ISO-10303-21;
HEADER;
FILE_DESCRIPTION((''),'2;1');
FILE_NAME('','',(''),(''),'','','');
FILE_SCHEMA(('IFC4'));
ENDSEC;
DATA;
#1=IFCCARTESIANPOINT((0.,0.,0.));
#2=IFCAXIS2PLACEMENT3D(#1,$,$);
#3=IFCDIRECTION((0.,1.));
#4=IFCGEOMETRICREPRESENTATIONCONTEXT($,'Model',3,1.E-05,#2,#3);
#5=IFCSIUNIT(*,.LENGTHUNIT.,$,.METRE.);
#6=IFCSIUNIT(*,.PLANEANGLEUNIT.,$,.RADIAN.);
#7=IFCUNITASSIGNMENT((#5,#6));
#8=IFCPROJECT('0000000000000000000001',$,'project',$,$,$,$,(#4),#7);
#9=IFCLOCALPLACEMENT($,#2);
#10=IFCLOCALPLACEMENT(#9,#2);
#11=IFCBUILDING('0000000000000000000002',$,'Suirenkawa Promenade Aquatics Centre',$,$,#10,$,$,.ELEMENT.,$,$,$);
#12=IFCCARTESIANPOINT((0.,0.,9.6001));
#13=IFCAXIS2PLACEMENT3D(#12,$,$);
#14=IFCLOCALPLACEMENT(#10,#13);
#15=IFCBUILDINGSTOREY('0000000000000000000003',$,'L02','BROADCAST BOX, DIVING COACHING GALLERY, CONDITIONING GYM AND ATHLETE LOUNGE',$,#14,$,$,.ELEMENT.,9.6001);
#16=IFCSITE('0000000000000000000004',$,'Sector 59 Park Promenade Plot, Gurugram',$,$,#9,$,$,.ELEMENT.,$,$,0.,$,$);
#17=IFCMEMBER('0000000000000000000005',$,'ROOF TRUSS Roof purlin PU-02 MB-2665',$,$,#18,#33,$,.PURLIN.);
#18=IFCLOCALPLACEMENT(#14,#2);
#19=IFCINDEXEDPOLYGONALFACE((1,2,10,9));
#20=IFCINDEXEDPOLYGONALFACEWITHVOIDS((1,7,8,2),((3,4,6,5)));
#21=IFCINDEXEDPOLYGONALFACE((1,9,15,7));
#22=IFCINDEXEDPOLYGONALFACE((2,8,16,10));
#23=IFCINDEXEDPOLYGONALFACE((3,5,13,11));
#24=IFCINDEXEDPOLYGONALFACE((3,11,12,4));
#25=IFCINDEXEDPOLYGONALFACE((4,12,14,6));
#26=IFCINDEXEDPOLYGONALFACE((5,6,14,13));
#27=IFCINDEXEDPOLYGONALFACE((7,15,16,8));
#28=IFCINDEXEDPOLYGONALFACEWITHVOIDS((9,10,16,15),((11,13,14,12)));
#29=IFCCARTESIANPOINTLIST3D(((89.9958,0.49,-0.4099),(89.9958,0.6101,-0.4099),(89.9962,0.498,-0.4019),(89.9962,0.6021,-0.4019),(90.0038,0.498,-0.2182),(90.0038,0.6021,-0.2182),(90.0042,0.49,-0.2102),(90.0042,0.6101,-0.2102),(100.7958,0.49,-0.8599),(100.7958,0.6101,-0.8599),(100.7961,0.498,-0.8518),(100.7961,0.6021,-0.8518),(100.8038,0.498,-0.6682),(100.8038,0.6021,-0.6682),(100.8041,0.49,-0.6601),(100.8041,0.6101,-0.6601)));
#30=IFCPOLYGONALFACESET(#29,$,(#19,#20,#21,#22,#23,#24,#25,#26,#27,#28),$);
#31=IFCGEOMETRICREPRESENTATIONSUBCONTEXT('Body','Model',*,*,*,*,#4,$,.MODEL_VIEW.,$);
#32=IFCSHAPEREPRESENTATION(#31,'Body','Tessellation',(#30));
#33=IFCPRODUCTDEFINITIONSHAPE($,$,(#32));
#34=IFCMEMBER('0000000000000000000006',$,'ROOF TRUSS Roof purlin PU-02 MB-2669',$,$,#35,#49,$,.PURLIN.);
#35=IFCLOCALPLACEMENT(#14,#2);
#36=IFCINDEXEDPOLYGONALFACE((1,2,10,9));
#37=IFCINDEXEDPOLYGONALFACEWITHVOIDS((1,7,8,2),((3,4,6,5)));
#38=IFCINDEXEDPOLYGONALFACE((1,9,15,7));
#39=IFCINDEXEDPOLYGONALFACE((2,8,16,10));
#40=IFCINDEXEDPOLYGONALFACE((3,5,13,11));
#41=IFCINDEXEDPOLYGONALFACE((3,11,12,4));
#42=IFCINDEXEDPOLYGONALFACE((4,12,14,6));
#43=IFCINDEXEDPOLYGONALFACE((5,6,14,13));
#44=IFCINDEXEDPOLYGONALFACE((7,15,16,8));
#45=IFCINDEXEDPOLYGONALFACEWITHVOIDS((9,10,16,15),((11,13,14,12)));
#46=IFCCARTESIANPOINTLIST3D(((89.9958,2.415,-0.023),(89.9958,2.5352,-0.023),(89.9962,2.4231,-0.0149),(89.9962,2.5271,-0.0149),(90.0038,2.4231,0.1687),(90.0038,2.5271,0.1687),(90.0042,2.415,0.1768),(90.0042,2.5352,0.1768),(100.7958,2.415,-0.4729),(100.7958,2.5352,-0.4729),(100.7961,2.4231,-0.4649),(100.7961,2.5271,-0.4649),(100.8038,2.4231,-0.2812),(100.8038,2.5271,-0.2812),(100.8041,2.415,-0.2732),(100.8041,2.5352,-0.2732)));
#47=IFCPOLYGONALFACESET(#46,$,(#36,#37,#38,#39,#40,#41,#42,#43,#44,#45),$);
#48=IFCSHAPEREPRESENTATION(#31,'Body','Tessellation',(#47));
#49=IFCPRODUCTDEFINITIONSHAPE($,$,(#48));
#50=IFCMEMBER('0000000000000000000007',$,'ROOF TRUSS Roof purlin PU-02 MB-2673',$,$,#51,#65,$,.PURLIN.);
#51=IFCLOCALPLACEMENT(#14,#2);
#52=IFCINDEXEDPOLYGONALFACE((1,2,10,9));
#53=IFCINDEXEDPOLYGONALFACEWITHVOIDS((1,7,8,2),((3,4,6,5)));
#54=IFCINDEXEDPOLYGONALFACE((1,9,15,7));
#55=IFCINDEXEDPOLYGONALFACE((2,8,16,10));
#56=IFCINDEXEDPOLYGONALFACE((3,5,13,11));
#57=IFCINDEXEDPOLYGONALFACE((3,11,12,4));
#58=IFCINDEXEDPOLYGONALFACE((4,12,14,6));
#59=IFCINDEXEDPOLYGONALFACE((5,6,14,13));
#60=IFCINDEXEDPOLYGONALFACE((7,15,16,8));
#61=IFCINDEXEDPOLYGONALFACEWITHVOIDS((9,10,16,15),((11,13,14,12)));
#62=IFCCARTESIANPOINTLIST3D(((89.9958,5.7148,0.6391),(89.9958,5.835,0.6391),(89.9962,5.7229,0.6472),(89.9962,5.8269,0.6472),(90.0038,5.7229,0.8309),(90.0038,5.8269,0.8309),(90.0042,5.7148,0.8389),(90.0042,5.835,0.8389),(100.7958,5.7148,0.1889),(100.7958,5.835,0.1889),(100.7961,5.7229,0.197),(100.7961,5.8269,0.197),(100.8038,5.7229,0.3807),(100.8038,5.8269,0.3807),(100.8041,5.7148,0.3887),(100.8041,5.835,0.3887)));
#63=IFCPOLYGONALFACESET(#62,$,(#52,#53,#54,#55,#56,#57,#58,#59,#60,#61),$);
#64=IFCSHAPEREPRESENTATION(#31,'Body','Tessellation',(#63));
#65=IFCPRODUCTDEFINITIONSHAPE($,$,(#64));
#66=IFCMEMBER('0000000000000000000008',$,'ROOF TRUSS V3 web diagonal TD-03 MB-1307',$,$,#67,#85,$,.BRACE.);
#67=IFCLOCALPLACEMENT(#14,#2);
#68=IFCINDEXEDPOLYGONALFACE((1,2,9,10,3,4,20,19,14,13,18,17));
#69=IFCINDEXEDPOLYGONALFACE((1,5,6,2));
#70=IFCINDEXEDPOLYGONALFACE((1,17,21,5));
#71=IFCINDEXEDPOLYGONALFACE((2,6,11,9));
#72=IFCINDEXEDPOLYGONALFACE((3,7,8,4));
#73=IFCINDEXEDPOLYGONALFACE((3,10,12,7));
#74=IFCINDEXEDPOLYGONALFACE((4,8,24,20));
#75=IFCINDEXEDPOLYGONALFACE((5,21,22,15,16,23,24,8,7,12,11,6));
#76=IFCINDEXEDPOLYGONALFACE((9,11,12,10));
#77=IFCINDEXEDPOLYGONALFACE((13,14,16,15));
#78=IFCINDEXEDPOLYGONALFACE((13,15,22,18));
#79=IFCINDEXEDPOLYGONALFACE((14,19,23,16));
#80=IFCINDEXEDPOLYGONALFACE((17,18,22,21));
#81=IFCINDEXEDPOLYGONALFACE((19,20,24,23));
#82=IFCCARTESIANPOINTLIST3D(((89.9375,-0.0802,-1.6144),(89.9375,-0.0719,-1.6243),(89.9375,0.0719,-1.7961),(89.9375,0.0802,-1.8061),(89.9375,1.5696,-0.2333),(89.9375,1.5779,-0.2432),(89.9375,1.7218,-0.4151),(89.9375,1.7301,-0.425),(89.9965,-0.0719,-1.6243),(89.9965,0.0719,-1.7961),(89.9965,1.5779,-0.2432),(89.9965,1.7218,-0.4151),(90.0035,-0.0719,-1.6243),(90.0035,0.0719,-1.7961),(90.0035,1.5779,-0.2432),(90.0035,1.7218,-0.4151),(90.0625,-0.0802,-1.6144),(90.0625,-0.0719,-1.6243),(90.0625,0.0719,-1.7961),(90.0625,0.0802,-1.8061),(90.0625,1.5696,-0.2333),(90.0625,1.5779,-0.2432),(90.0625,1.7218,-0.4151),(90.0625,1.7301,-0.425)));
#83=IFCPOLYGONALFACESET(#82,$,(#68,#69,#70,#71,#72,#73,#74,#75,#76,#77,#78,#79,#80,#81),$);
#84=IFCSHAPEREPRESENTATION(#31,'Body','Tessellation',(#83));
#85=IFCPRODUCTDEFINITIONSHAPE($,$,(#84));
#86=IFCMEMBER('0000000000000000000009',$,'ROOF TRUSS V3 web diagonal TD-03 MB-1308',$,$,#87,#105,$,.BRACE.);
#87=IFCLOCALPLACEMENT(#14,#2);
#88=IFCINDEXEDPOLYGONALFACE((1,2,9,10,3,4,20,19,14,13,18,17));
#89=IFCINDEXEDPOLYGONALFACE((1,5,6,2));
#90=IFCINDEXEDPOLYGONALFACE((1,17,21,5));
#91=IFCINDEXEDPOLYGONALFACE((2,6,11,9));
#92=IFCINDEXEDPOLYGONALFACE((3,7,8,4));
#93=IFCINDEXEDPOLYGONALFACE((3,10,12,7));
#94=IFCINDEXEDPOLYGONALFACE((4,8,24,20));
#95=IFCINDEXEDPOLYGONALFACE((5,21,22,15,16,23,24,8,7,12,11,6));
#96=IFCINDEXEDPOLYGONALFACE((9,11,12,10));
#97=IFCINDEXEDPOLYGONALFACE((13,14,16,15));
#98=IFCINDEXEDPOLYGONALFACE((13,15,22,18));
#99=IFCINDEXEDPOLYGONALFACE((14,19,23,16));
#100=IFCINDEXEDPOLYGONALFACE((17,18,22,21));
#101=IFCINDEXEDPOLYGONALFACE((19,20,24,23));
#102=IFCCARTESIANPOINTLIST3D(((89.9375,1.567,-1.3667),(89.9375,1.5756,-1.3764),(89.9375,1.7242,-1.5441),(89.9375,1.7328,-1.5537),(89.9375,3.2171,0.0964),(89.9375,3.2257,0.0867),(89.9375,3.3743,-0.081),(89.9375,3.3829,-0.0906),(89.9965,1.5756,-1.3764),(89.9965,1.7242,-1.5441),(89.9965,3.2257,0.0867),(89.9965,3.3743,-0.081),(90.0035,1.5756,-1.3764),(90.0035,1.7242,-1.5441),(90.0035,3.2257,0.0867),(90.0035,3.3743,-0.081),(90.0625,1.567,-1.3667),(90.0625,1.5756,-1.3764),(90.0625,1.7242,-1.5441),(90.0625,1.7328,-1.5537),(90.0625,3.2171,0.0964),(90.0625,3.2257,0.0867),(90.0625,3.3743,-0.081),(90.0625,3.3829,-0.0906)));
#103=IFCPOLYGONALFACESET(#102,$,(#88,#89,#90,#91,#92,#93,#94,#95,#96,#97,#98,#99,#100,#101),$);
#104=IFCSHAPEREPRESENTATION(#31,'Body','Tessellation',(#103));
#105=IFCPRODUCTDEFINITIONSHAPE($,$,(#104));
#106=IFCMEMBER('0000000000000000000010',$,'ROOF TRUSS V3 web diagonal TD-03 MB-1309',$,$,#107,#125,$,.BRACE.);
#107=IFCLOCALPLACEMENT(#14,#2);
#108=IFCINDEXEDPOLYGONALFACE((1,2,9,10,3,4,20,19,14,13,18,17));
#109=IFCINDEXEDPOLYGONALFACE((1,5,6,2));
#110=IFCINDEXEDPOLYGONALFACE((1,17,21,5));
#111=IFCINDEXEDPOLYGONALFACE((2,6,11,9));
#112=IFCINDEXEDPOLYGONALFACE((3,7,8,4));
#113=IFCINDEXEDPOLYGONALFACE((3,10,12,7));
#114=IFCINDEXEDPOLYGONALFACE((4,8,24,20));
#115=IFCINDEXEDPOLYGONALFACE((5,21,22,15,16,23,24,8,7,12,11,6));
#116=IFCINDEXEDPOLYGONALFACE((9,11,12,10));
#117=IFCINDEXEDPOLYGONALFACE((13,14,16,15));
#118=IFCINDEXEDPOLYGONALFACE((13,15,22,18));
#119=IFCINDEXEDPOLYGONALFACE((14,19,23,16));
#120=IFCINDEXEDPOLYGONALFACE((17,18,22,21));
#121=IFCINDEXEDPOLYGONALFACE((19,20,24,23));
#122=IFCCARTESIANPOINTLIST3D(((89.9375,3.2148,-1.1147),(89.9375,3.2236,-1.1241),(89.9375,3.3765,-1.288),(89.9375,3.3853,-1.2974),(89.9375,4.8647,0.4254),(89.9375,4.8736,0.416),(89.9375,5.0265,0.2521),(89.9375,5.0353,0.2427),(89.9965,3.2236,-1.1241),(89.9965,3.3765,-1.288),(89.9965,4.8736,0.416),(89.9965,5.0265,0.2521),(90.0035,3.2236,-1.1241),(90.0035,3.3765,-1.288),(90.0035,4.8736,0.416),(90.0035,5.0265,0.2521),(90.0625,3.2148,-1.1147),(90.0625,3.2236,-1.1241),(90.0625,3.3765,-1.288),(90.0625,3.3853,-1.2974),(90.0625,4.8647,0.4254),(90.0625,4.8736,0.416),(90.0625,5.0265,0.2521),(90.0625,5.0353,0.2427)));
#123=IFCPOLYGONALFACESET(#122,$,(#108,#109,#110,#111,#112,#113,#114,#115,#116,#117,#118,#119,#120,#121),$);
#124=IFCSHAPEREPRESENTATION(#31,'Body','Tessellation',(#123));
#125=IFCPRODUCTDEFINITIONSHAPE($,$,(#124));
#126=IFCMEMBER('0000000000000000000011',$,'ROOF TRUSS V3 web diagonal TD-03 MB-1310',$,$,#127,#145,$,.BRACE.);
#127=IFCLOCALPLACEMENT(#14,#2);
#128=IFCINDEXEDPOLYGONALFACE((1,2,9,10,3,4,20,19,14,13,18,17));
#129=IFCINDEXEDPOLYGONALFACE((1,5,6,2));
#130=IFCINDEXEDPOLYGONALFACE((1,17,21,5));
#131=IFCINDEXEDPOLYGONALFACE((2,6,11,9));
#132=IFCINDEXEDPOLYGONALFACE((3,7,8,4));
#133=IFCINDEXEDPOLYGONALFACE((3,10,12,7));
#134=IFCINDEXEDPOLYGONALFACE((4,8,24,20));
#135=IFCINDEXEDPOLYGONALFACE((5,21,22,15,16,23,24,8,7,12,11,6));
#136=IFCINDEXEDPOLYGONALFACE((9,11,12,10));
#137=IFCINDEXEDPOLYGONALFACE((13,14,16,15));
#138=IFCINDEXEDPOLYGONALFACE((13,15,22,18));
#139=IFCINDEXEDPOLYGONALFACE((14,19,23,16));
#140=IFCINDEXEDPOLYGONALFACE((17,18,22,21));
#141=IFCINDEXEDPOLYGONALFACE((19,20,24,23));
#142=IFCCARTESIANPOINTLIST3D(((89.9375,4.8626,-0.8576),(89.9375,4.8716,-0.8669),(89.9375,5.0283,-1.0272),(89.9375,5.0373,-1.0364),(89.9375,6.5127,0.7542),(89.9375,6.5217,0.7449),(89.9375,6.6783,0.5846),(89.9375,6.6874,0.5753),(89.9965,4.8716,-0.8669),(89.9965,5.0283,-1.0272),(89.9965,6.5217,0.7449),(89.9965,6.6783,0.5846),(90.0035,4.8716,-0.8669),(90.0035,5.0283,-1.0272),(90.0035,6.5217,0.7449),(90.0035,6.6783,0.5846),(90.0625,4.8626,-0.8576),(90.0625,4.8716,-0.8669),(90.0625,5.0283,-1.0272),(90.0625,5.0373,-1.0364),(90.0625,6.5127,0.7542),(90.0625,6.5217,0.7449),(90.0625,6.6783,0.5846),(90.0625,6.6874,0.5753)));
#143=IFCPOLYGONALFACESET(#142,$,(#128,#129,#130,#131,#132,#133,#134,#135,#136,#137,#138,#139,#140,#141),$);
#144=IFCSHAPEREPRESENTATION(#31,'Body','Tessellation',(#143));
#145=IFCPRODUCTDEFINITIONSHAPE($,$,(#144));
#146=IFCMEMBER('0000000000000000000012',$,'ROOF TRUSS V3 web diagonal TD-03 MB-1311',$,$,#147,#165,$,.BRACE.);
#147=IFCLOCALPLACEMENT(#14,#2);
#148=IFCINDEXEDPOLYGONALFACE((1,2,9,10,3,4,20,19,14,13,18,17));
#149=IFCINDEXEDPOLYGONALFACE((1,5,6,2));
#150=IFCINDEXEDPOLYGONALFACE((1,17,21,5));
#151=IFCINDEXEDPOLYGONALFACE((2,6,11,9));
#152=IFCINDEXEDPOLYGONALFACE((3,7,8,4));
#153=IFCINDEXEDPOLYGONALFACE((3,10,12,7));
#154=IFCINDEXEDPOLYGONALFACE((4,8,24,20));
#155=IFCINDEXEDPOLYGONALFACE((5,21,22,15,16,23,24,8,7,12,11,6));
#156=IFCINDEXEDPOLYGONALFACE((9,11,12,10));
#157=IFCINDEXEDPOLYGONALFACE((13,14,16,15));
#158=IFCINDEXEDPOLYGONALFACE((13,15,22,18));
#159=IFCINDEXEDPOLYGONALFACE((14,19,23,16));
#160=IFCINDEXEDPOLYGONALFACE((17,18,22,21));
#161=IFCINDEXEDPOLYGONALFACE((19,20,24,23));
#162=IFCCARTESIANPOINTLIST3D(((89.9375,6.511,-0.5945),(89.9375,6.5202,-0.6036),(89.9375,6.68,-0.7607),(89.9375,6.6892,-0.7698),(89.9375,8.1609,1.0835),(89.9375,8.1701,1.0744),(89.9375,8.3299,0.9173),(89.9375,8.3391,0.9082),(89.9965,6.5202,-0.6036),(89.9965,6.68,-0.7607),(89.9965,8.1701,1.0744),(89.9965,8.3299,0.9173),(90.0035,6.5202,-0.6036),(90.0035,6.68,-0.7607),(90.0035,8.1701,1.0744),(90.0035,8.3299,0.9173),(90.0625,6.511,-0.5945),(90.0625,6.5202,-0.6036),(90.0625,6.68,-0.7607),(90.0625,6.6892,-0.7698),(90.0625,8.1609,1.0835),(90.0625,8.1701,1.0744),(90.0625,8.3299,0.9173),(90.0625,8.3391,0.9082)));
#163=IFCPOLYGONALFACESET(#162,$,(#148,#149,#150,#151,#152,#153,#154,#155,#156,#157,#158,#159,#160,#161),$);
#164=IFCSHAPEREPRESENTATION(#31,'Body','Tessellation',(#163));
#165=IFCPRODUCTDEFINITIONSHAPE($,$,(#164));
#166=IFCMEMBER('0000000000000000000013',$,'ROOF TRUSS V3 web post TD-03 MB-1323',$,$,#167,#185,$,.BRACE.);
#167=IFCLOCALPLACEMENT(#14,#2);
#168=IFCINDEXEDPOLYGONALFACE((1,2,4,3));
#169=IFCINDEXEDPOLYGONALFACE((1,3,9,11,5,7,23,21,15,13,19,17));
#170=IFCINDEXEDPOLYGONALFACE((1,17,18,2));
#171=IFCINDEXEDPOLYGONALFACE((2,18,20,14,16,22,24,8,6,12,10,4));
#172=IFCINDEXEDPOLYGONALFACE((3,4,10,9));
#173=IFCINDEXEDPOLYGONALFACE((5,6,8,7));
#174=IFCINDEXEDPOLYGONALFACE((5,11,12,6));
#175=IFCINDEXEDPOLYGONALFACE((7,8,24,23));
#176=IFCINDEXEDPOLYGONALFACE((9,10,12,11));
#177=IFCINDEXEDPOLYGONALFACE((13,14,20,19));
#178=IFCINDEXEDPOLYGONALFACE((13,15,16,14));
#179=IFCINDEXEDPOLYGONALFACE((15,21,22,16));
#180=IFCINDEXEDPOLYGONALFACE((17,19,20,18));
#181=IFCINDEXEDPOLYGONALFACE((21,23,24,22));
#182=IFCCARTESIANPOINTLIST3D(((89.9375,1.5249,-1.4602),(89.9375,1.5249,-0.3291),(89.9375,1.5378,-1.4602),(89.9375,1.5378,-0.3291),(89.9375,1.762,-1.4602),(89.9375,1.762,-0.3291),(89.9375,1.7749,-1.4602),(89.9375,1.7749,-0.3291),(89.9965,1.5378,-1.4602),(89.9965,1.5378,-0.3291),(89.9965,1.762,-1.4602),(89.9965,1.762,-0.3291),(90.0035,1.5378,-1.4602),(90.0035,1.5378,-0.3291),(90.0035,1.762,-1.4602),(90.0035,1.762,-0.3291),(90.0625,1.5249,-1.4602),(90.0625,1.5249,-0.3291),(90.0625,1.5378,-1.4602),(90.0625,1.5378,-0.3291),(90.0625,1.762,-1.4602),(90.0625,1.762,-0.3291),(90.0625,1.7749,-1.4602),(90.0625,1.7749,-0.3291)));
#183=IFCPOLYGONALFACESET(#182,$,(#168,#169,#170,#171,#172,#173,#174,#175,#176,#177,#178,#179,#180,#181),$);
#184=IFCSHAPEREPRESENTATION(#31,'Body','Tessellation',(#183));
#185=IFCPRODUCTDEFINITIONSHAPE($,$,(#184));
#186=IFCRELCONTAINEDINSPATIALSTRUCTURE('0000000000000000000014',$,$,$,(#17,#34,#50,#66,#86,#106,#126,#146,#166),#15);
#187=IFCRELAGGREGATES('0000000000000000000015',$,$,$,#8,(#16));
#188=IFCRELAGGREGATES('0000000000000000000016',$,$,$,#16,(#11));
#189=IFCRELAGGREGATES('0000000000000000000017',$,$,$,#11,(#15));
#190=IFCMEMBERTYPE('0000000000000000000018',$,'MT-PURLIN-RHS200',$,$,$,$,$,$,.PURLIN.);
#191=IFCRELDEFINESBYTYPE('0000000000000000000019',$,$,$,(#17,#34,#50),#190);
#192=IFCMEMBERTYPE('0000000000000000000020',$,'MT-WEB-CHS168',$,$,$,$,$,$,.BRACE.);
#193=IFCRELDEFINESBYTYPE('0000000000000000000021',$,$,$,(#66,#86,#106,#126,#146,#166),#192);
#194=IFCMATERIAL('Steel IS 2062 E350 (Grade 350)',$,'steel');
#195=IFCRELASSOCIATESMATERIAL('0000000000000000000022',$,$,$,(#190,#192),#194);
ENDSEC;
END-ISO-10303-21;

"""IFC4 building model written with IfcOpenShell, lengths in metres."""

from ifc_helpers import new_model, si_unit, direction, frame, origin, origin_2d, place, context, subcontext, project, spatial, hollow_rectangle, i_section, extrude, material, material_profile, profile_set, type_object, element, save


model = new_model("IFC4")

# Units and contexts
model_context = context("Model", 3, precision=1e-05, world=origin(), true_north=direction((0.0, 1.0)))
body_context = subcontext(model_context, "Body", "Model", "MODEL_VIEW")
ifc_project = project(units=[si_unit("LENGTHUNIT", "METRE"), si_unit("PLANEANGLEUNIT", "RADIAN")], contexts=[model_context])

# Site, building, storey
site_placement = place(None, origin())
site = spatial("IfcSite", under=ifc_project, at=site_placement, Name="Sector 59 Park Promenade Plot, Gurugram", CompositionType="ELEMENT", RefElevation=0.0)
building_placement = place(site_placement, origin())
building = spatial("IfcBuilding", under=site, at=building_placement, Name="Suirenkawa Promenade Aquatics Centre", CompositionType="ELEMENT")
storey_placement = place(building_placement, frame((0.0, 0.0, 9.6001)))
storey = spatial("IfcBuildingStorey", under=building, at=storey_placement, Name="L02", Description="BROADCAST BOX, DIVING COACHING GALLERY, CONDITIONING GYM AND ATHLETE LOUNGE", CompositionType="ELEMENT", Elevation=9.6001)

# Shared definitions
ifc_material_1 = material(Name="Steel IS 2062 E350 (Grade 350)", Category="steel")

# Members
ifc_material_profile_1 = material_profile(ifc_material_1, hollow_rectangle(XDim=0.1201, YDim=0.2, WallThickness=0.0081, at=origin_2d()), Name="RHS 200x120x8", Category="steel")
ifc_profile_set_1 = profile_set([ifc_material_profile_1], Name="Steel IS 2062 E350 (Grade 350)")
member_type_1 = type_object("IfcMemberType", Name="MT-PURLIN-RHS200", PredefinedType="PURLIN", material=ifc_profile_set_1)
for number, where, z_axis, x_axis, name in (
    (1, (90.0, 0.55, -0.3101), (0.999133, 0.0, -0.041626), (0.0, 1.0, 0.0), "ROOF TRUSS Roof purlin PU-02 MB-2665"),
    (2, (90.0, 2.4751, 0.0769), (0.999133, 0.0, -0.041626), (0.0, 1.0, 0.0), "ROOF TRUSS Roof purlin PU-02 MB-2669"),
    (3, (90.0, 5.7749, 0.739), (0.999132, 0.0, -0.041648), (0.0, 1.0, 0.0), "ROOF TRUSS Roof purlin PU-02 MB-2673"),
):
    element("IfcMember", number, at=place(storey_placement, frame(where, z_axis=z_axis, x_axis=x_axis)), inside=storey, type_object=member_type_1, Name=name, PredefinedType="PURLIN", context=body_context, shape_type="SweptSolid", body=[
        extrude(hollow_rectangle(XDim=0.1201, YDim=0.2, WallThickness=0.0081, at=origin_2d()), origin(), (0.0, 0.0, 1.0), 10.8093),
    ])
ifc_material_profile_2 = material_profile(ifc_material_1, i_section(OverallWidth=0.125, OverallDepth=0.25, WebThickness=0.0071, FlangeThickness=0.0129, at=origin_2d()), Name="ISMB 250", Category="steel")
ifc_profile_set_2 = profile_set([ifc_material_profile_2], Name="Steel IS 2062 E350 (Grade 350)")
member_type_2 = type_object("IfcMemberType", Name="MT-WEB-CHS168", PredefinedType="BRACE", material=ifc_profile_set_2)
member_1_placement = place(storey_placement, frame((90.0, 0.0, -1.7102), z_axis=(0.0, 0.766806, 0.641879), x_axis=(-1.0, 0.0, 0.0)))
element("IfcMember", 4, at=member_1_placement, inside=storey, type_object=member_type_2, Name="ROOF TRUSS V3 web diagonal TD-03 MB-1307", PredefinedType="BRACE", context=body_context, shape_type="SweptSolid", body=[
    extrude(i_section(OverallWidth=0.125, OverallDepth=0.25, WebThickness=0.0071, FlangeThickness=0.0129, at=origin_2d()), origin(), (0.0, 0.0, 1.0), 2.1516),
])
member_2_placement = place(storey_placement, frame((90.0, 1.6499, -1.4602), z_axis=(0.0, 0.748233, 0.663436), x_axis=(-1.0, 0.0, 0.0)))
element("IfcMember", 5, at=member_2_placement, inside=storey, type_object=member_type_2, Name="ROOF TRUSS V3 web diagonal TD-03 MB-1308", PredefinedType="BRACE", context=body_context, shape_type="SweptSolid", body=[
    extrude(i_section(OverallWidth=0.125, OverallDepth=0.25, WebThickness=0.0071, FlangeThickness=0.0129, at=origin_2d()), origin(), (0.0, 0.0, 1.0), 2.2053),
])
member_3_placement = place(storey_placement, frame((90.0, 3.3, -1.2061), z_axis=(0.0, 0.731026, 0.682349), x_axis=(-1.0, 0.0, 0.0)))
element("IfcMember", 6, at=member_3_placement, inside=storey, type_object=member_type_2, Name="ROOF TRUSS V3 web diagonal TD-03 MB-1309", PredefinedType="BRACE", context=body_context, shape_type="SweptSolid", body=[
    extrude(i_section(OverallWidth=0.125, OverallDepth=0.25, WebThickness=0.0071, FlangeThickness=0.0129, at=origin_2d()), origin(), (0.0, 0.0, 1.0), 2.2571),
])
member_4_placement = place(storey_placement, frame((90.0, 4.95, -0.947), z_axis=(0.0, 0.715366, 0.69875), x_axis=(-1.0, 0.0, 0.0)))
element("IfcMember", 7, at=member_4_placement, inside=storey, type_object=member_type_2, Name="ROOF TRUSS V3 web diagonal TD-03 MB-1310", PredefinedType="BRACE", context=body_context, shape_type="SweptSolid", body=[
    extrude(i_section(OverallWidth=0.125, OverallDepth=0.25, WebThickness=0.0071, FlangeThickness=0.0129, at=origin_2d()), origin(), (0.0, 0.0, 1.0), 2.3066),
])
member_5_placement = place(storey_placement, frame((90.0, 6.6001, -0.6821), z_axis=(0.0, 0.701116, 0.713047), x_axis=(-1.0, 0.0, 0.0)))
element("IfcMember", 8, at=member_5_placement, inside=storey, type_object=member_type_2, Name="ROOF TRUSS V3 web diagonal TD-03 MB-1311", PredefinedType="BRACE", context=body_context, shape_type="SweptSolid", body=[
    extrude(i_section(OverallWidth=0.125, OverallDepth=0.25, WebThickness=0.0071, FlangeThickness=0.0129, at=origin_2d()), origin(), (0.0, 0.0, 1.0), 2.3533),
])
member_6_placement = place(storey_placement, frame((90.0, 1.6499, -1.4602), z_axis=(0.0, 0.0, 1.0), x_axis=(1.0, 0.0, 0.0)))
element("IfcMember", 9, at=member_6_placement, inside=storey, type_object=member_type_2, Name="ROOF TRUSS V3 web post TD-03 MB-1323", PredefinedType="BRACE", context=body_context, shape_type="SweptSolid", body=[
    extrude(i_section(OverallWidth=0.125, OverallDepth=0.25, WebThickness=0.0071, FlangeThickness=0.0129, at=origin_2d()), origin(), (0.0, 0.0, 1.0), 1.1311),
])

save(model, "model.ifc")
